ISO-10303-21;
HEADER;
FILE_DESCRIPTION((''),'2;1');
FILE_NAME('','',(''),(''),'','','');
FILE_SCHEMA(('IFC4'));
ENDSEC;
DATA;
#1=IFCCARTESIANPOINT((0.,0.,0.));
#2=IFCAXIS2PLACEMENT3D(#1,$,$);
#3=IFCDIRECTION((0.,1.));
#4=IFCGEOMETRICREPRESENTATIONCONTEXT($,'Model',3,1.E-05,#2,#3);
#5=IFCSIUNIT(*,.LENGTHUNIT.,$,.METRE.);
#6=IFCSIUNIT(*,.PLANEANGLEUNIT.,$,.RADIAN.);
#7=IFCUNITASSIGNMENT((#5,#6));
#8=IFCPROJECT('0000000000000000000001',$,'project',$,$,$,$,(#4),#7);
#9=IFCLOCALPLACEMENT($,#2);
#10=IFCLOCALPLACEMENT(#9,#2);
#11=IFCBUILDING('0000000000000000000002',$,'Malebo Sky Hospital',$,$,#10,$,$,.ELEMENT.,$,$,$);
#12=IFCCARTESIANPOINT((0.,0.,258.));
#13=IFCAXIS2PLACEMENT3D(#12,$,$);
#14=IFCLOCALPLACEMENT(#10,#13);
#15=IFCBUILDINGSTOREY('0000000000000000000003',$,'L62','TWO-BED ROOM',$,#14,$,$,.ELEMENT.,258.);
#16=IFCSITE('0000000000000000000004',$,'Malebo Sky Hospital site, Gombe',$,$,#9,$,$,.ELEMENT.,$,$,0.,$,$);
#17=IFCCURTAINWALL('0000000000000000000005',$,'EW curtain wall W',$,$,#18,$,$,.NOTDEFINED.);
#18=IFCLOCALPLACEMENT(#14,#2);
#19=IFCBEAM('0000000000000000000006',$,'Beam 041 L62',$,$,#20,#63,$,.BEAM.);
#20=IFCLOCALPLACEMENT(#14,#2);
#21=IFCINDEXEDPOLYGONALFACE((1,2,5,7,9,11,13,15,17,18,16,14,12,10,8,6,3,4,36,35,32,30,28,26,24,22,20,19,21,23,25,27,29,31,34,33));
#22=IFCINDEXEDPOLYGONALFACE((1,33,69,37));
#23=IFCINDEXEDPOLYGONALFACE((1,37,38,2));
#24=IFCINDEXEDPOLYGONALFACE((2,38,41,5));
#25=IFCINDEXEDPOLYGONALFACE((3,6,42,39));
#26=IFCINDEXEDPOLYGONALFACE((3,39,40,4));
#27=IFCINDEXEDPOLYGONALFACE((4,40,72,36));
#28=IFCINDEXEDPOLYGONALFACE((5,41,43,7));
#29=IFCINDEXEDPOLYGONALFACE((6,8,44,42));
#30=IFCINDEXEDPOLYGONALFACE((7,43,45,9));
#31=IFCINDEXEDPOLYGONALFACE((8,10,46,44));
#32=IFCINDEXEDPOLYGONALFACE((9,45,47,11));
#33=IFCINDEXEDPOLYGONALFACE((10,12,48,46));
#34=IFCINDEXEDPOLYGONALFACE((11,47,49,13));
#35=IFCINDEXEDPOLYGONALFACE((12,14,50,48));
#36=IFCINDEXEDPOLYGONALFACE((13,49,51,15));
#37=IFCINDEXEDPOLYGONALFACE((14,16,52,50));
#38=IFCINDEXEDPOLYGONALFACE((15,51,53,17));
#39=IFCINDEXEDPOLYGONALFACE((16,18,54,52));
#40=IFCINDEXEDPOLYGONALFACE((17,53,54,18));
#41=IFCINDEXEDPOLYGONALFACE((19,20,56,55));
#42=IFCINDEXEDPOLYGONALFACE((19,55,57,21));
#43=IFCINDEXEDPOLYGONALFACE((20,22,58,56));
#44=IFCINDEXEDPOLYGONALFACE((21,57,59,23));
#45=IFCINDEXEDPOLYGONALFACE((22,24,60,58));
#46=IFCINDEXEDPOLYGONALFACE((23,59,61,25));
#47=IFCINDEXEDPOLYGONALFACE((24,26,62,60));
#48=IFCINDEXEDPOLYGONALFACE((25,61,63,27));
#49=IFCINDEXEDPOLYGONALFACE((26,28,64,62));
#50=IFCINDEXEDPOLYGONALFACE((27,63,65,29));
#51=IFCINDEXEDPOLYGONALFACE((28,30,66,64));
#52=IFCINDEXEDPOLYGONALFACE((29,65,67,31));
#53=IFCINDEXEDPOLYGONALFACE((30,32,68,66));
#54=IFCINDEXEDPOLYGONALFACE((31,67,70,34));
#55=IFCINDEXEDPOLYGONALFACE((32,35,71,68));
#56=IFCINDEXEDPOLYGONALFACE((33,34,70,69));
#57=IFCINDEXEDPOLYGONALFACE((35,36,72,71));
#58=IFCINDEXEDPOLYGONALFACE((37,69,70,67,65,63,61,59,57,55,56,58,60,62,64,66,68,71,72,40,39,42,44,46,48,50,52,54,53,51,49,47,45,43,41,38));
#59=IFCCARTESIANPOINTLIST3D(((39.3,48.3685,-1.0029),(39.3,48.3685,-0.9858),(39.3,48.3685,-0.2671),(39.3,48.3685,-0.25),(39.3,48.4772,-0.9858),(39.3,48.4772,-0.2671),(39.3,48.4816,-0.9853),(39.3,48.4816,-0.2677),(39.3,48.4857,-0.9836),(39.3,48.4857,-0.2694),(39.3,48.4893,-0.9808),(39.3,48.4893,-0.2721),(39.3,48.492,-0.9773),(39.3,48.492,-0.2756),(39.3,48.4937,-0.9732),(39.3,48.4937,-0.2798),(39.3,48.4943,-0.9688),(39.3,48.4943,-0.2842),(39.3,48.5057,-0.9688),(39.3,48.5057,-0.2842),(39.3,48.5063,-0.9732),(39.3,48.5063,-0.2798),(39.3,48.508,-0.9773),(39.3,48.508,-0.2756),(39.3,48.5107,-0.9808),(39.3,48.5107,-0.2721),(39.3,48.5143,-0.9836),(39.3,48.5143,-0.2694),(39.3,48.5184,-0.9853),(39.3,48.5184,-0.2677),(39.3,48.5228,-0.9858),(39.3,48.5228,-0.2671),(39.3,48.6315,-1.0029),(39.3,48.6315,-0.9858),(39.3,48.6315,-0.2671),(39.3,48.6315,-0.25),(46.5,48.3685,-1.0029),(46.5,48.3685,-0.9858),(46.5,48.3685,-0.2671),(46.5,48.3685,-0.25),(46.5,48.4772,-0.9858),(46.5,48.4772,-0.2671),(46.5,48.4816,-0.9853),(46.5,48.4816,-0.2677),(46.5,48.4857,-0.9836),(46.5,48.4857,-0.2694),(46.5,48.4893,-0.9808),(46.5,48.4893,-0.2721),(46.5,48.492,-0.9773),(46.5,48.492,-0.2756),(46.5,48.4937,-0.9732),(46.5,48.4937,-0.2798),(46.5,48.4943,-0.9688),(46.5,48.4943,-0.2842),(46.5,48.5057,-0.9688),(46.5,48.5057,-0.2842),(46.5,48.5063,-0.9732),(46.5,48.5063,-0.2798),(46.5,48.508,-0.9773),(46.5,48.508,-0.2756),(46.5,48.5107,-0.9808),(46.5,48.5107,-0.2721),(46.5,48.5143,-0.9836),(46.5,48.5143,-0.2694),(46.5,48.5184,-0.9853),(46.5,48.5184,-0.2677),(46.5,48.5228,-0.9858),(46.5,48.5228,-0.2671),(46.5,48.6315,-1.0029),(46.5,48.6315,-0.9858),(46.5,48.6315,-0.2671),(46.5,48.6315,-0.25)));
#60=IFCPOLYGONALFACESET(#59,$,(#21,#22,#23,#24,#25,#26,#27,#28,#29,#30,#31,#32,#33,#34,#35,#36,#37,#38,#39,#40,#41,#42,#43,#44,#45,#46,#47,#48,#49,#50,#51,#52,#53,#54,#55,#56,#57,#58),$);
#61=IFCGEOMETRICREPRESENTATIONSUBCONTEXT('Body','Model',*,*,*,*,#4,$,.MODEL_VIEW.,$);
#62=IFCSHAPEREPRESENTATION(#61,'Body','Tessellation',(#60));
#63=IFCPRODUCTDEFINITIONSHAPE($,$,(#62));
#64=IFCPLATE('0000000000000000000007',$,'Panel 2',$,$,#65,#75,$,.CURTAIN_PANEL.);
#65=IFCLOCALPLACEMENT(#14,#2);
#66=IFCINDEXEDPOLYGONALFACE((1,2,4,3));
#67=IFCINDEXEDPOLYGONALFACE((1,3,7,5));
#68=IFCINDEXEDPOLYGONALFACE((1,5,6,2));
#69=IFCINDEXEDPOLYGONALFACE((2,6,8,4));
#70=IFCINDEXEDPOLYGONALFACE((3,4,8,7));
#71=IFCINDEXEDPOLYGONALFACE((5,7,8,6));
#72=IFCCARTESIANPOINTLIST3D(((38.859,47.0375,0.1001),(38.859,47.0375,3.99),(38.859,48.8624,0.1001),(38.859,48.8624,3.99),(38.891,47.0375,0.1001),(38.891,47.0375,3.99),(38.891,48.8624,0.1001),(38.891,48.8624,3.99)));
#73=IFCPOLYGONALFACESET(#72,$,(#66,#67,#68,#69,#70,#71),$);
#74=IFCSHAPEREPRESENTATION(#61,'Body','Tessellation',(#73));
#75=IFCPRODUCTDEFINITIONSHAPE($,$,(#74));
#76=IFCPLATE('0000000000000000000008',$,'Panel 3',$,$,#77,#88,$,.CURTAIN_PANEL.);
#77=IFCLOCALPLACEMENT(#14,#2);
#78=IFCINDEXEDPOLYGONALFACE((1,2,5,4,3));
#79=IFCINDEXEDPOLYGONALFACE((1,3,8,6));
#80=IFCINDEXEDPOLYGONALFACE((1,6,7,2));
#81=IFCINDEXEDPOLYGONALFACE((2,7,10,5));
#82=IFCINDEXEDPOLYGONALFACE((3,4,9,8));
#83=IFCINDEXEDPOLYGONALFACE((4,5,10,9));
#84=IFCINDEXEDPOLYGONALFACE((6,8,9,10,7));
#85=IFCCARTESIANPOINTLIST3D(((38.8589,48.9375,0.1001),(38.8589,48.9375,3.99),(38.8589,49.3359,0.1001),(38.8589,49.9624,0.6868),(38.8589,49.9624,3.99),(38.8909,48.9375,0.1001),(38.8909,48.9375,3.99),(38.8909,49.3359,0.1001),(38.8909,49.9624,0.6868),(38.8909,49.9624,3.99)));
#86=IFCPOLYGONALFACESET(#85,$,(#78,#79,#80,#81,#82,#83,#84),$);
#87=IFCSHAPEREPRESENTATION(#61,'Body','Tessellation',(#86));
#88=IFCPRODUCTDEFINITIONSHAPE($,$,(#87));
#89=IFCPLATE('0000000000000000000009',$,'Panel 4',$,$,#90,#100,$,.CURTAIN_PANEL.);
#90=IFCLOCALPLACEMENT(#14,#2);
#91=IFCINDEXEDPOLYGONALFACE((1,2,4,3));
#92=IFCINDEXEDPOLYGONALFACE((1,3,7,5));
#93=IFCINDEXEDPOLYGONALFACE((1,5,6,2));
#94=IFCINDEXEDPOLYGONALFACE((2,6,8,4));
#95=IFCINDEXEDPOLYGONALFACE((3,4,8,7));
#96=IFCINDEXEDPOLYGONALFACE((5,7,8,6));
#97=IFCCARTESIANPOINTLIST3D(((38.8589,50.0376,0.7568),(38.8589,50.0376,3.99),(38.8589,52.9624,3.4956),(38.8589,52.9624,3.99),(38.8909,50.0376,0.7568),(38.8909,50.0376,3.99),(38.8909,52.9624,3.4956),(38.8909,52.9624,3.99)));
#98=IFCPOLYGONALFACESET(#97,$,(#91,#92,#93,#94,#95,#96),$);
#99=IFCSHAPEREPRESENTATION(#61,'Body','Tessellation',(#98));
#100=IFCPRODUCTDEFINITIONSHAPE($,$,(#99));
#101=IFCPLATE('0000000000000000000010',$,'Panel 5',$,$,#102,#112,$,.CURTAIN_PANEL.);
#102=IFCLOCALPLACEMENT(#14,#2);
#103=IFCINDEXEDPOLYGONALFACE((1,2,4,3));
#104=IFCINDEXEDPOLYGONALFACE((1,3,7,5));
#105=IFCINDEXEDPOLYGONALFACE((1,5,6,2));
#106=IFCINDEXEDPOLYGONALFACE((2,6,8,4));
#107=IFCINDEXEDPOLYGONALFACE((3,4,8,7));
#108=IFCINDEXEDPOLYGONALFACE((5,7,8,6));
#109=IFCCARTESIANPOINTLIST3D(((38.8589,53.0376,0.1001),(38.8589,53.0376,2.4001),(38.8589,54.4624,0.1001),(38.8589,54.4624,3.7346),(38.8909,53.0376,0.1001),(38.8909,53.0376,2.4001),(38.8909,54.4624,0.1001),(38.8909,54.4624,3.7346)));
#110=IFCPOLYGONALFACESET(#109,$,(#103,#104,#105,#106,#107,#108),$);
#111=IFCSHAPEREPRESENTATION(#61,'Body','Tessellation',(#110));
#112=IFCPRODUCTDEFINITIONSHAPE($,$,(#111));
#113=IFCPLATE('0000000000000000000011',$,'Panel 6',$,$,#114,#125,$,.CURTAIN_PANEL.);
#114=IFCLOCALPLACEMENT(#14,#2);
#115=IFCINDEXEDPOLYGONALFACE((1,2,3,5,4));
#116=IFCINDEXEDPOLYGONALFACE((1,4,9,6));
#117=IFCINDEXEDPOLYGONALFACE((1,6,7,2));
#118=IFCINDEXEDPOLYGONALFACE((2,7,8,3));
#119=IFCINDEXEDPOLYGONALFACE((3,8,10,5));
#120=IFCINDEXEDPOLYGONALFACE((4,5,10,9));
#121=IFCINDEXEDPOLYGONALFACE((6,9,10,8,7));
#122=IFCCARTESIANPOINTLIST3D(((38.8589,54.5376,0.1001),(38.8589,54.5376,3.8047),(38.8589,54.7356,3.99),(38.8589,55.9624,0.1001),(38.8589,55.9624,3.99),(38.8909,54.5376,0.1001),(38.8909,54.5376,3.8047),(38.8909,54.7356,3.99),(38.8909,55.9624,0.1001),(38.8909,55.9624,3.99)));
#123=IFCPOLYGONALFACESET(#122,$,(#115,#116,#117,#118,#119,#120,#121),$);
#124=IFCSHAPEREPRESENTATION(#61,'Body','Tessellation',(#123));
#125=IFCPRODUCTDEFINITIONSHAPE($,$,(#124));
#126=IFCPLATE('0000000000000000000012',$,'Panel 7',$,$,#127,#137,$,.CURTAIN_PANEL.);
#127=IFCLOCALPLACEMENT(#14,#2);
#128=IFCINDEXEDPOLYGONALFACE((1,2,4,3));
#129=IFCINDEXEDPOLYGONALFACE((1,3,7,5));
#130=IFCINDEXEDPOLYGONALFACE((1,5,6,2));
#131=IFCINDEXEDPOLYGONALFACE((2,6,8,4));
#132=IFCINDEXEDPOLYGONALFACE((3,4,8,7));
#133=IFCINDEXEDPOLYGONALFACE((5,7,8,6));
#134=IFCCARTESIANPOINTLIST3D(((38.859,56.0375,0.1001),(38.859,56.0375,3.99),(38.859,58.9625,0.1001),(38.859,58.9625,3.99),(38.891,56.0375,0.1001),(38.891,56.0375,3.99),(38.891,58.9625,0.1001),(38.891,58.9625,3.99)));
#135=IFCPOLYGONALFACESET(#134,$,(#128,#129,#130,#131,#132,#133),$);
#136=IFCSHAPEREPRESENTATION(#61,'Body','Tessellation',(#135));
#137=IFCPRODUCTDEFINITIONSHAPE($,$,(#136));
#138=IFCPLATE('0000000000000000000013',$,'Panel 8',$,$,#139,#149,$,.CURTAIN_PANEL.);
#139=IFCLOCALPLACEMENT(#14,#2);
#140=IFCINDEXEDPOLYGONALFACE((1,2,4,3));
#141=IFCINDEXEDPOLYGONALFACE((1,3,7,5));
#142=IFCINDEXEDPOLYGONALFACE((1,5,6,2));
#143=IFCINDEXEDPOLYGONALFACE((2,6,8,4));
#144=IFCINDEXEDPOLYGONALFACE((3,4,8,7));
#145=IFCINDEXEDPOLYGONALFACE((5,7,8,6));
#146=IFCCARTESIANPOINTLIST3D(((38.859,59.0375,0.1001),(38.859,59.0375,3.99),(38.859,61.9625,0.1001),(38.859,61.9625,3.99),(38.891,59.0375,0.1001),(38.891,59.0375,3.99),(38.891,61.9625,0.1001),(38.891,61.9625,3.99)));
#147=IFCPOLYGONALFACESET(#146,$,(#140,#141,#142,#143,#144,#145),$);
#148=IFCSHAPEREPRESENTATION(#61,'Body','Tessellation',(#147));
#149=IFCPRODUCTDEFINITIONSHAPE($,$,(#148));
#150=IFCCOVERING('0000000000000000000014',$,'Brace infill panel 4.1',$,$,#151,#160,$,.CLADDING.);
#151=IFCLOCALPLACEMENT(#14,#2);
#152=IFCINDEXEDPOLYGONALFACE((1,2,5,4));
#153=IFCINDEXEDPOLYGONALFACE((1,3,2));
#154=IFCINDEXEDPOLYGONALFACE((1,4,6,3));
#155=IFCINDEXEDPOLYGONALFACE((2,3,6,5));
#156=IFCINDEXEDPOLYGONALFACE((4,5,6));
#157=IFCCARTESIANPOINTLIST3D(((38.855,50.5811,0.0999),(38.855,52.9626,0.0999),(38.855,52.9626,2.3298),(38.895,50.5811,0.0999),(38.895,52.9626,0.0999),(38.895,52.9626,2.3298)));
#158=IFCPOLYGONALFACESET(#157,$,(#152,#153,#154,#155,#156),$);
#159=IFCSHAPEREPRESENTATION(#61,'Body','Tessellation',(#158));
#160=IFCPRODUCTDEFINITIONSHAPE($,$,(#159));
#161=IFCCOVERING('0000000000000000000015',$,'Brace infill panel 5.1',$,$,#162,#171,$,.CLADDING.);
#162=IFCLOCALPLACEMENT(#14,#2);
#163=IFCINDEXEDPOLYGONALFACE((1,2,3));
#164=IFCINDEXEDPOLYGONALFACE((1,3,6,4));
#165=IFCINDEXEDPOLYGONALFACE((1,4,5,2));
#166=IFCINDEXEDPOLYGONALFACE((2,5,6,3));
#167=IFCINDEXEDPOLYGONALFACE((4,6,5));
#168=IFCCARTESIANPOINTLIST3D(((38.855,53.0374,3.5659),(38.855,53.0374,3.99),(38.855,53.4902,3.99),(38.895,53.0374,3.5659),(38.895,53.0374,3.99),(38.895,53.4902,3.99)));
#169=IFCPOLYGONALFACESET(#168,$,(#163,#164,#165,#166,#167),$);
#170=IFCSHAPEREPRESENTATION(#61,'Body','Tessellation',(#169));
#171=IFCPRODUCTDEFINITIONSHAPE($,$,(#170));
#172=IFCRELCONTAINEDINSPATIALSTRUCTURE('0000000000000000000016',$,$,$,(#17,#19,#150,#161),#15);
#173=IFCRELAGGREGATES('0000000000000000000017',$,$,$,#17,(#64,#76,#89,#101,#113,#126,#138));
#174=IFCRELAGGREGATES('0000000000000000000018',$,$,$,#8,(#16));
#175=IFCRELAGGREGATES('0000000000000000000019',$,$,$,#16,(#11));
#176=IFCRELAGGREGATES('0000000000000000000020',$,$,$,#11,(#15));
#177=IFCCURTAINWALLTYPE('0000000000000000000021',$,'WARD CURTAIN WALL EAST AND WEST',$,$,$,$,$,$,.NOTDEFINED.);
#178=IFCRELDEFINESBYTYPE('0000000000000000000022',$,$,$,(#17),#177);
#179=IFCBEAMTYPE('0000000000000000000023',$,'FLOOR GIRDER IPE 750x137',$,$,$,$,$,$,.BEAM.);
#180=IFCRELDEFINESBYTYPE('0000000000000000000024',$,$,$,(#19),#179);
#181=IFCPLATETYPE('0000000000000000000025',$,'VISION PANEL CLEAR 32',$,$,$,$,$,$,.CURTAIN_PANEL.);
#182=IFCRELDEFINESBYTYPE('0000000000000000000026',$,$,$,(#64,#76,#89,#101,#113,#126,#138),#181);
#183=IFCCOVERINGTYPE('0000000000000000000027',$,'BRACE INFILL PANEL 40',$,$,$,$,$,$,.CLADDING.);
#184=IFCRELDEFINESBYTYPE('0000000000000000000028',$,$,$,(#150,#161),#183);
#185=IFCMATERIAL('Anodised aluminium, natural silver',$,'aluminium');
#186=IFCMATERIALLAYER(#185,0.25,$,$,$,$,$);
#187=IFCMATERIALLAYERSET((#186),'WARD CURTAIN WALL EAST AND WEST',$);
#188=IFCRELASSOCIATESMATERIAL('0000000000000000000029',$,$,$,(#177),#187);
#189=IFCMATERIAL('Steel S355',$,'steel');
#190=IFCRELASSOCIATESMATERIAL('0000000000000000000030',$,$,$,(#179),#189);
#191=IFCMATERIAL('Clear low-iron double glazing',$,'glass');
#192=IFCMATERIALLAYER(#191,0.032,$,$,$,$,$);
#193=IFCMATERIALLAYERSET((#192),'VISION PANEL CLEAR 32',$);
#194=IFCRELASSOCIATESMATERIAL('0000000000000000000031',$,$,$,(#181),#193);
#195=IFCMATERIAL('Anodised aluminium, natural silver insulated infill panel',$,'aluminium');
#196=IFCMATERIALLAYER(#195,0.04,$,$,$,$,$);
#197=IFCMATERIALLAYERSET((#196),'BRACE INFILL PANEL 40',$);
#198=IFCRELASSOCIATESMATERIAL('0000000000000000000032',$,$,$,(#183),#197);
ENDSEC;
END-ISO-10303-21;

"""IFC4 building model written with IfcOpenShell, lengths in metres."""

from ifc_helpers import new_model, si_unit, direction, frame, origin, origin_2d, place, context, subcontext, project, spatial, polyline, rectangle, i_section, outline, extrude, material, layer, layer_set, material_profile, profile_set, type_object, element, aggregate, save


model = new_model("IFC4")

# Units and contexts
model_context = context("Model", 3, precision=1e-05, world=origin(), true_north=direction((0.0, 1.0)))
body_context = subcontext(model_context, "Body", "Model", "MODEL_VIEW")
ifc_project = project(units=[si_unit("LENGTHUNIT", "METRE"), si_unit("PLANEANGLEUNIT", "RADIAN")], contexts=[model_context])

# Site, building, storey
site_placement = place(None, origin())
site = spatial("IfcSite", under=ifc_project, at=site_placement, Name="Malebo Sky Hospital site, Gombe", CompositionType="ELEMENT", RefElevation=0.0)
building_placement = place(site_placement, origin())
building = spatial("IfcBuilding", under=site, at=building_placement, Name="Malebo Sky Hospital", CompositionType="ELEMENT")
storey_placement = place(building_placement, frame((0.0, 0.0, 258.0)))
storey = spatial("IfcBuildingStorey", under=building, at=storey_placement, Name="L62", Description="TWO-BED ROOM", CompositionType="ELEMENT", Elevation=258.0)

# Curtain wall
ifc_material_1 = material(Name="Anodised aluminium, natural silver", Category="aluminium")
ifc_layer_1 = layer(ifc_material_1, 0.25)
ifc_layer_set_1 = layer_set([ifc_layer_1], Name="WARD CURTAIN WALL EAST AND WEST")
curtain_wall_type = type_object("IfcCurtainWallType", Name="WARD CURTAIN WALL EAST AND WEST", PredefinedType="NOTDEFINED", material=ifc_layer_set_1)
curtain_wall_placement = place(storey_placement, origin())
curtain_wall = element("IfcCurtainWall", 1, at=curtain_wall_placement, inside=storey, type_object=curtain_wall_type, Name="EW curtain wall W", PredefinedType="NOTDEFINED")

# Shared definitions
ifc_material_2 = material(Name="Steel S355", Category="steel")

# Beam
ifc_material_profile_1 = material_profile(ifc_material_2, i_section(OverallWidth=0.2629, OverallDepth=0.7529, WebThickness=0.0115, FlangeThickness=0.0171, FilletRadius=0.0171, at=origin_2d()), Name="IPE 750x137")
ifc_profile_set_1 = profile_set([ifc_material_profile_1], Name="Steel S355")
beam_type_1 = type_object("IfcBeamType", Name="FLOOR GIRDER IPE 750x137", PredefinedType="BEAM", material=ifc_profile_set_1)
beam_1_placement = place(storey_placement, frame((39.3, 48.5, -0.6265), z_axis=(1.0, 0.0, 0.0), x_axis=(0.0, 1.0, 0.0)))
element("IfcBeam", 2, at=beam_1_placement, inside=storey, type_object=beam_type_1, Name="Beam 041 L62", PredefinedType="BEAM", context=body_context, shape_type="SweptSolid", body=[
    extrude(i_section(OverallWidth=0.2629, OverallDepth=0.7529, WebThickness=0.0115, FlangeThickness=0.0171, FilletRadius=0.0171, at=origin_2d()), origin(), (0.0, 0.0, 1.0), 7.2),
])

# Plates
ifc_material_3 = material(Name="Clear low-iron double glazing", Category="glass")
ifc_layer_2 = layer(ifc_material_3, 0.032)
ifc_layer_set_2 = layer_set([ifc_layer_2], Name="VISION PANEL CLEAR 32")
plate_type = type_object("IfcPlateType", Name="VISION PANEL CLEAR 32", PredefinedType="CURTAIN_PANEL", material=ifc_layer_set_2)
plate_1_placement = place(storey_placement, frame((38.875, 47.95, 0.1001), z_axis=(0.0, 0.0, 1.0), x_axis=(0.0, 1.0, 0.0)))
plate_1 = element("IfcPlate", 3, at=plate_1_placement, type_object=plate_type, Name="Panel 2", PredefinedType="CURTAIN_PANEL", context=body_context, shape_type="SweptSolid", body=[
    extrude(rectangle(XDim=1.825, YDim=0.032, at=origin_2d()), origin(), (0.0, 0.0, 1.0), 3.8899),
])
plate_2_placement = place(storey_placement, frame((38.875, 49.45, 0.1001), z_axis=(0.0, 0.0, 1.0), x_axis=(0.0, 1.0, 0.0)))
plate_2 = element("IfcPlate", 4, at=plate_2_placement, type_object=plate_type, Name="Panel 3", PredefinedType="CURTAIN_PANEL", context=body_context, shape_type="SweptSolid", body=[
    extrude(outline(polyline([(-0.5125, 0.0), (-0.114, 0.0), (0.5125, 0.5867), (0.5125, 3.8899), (-0.5125, 3.8899), (-0.5125, 0.0)])), frame((0.0, 0.0161, 0.0), z_axis=(0.0, -1.0, 0.0), x_axis=(1.0, 0.0, 0.0)), (0.0, 0.0, 1.0), 0.032),
])
plate_3_placement = place(storey_placement, frame((38.875, 51.5, 0.7568), z_axis=(0.0, 0.0, 1.0), x_axis=(0.0, 1.0, 0.0)))
plate_3 = element("IfcPlate", 5, at=plate_3_placement, type_object=plate_type, Name="Panel 4", PredefinedType="CURTAIN_PANEL", context=body_context, shape_type="SweptSolid", body=[
    extrude(outline(polyline([(-1.4624, 0.0), (1.4624, 2.7388), (1.4624, 3.2332), (-1.4624, 3.2332), (-1.4624, 0.0)])), frame((0.0, 0.0161, 0.0), z_axis=(0.0, -1.0, 0.0), x_axis=(1.0, 0.0, 0.0)), (0.0, 0.0, 1.0), 0.032),
])
plate_4_placement = place(storey_placement, frame((38.875, 53.75, 0.1001), z_axis=(0.0, 0.0, 1.0), x_axis=(0.0, 1.0, 0.0)))
plate_4 = element("IfcPlate", 6, at=plate_4_placement, type_object=plate_type, Name="Panel 5", PredefinedType="CURTAIN_PANEL", context=body_context, shape_type="SweptSolid", body=[
    extrude(outline(polyline([(-0.7124, 0.0), (0.7124, 0.0), (0.7124, 3.6345), (-0.7124, 2.3), (-0.7124, 0.0)])), frame((0.0, 0.0161, 0.0), z_axis=(0.0, -1.0, 0.0), x_axis=(1.0, 0.0, 0.0)), (0.0, 0.0, 1.0), 0.032),
])
plate_5_placement = place(storey_placement, frame((38.875, 55.25, 0.1001), z_axis=(0.0, 0.0, 1.0), x_axis=(0.0, 1.0, 0.0)))
plate_5 = element("IfcPlate", 7, at=plate_5_placement, type_object=plate_type, Name="Panel 6", PredefinedType="CURTAIN_PANEL", context=body_context, shape_type="SweptSolid", body=[
    extrude(outline(polyline([(-0.7124, 0.0), (0.7124, 0.0), (0.7124, 3.8899), (-0.5144, 3.8899), (-0.7124, 3.7046), (-0.7124, 0.0)])), frame((0.0, 0.0161, 0.0), z_axis=(0.0, -1.0, 0.0), x_axis=(1.0, 0.0, 0.0)), (0.0, 0.0, 1.0), 0.032),
])
plate_6_placement = place(storey_placement, frame((38.875, 57.5, 0.1001), z_axis=(0.0, 0.0, 1.0), x_axis=(0.0, 1.0, 0.0)))
plate_6 = element("IfcPlate", 8, at=plate_6_placement, type_object=plate_type, Name="Panel 7", PredefinedType="CURTAIN_PANEL", context=body_context, shape_type="SweptSolid", body=[
    extrude(rectangle(XDim=2.925, YDim=0.032, at=origin_2d()), origin(), (0.0, 0.0, 1.0), 3.8899),
])
plate_7_placement = place(storey_placement, frame((38.875, 60.5, 0.1001), z_axis=(0.0, 0.0, 1.0), x_axis=(0.0, 1.0, 0.0)))
plate_7 = element("IfcPlate", 9, at=plate_7_placement, type_object=plate_type, Name="Panel 8", PredefinedType="CURTAIN_PANEL", context=body_context, shape_type="SweptSolid", body=[
    extrude(rectangle(XDim=2.925, YDim=0.032, at=origin_2d()), origin(), (0.0, 0.0, 1.0), 3.8899),
])
aggregate(curtain_wall, [plate_1, plate_2, plate_3, plate_4, plate_5, plate_6, plate_7])

# Coverings
ifc_material_4 = material(Name="Anodised aluminium, natural silver insulated infill panel", Category="aluminium")
ifc_layer_3 = layer(ifc_material_4, 0.04)
ifc_layer_set_3 = layer_set([ifc_layer_3], Name="BRACE INFILL PANEL 40")
covering_type = type_object("IfcCoveringType", Name="BRACE INFILL PANEL 40", PredefinedType="CLADDING", material=ifc_layer_set_3)
covering_1_placement = place(storey_placement, frame((38.875, 51.7717, 0.0999), z_axis=(0.0, 0.0, 1.0), x_axis=(0.0, 1.0, 0.0)))
element("IfcCovering", 10, at=covering_1_placement, inside=storey, type_object=covering_type, Name="Brace infill panel 4.1", PredefinedType="CLADDING", context=body_context, shape_type="SweptSolid", body=[
    extrude(outline(polyline([(-1.1907, 0.0), (1.1909, 0.0), (1.1909, 2.23), (-1.1907, 0.0)])), frame((0.0, 0.02, 0.0), z_axis=(0.0, -1.0, 0.0), x_axis=(1.0, 0.0, 0.0)), (0.0, 0.0, 1.0), 0.04),
])
covering_2_placement = place(storey_placement, frame((38.875, 53.2639, 3.5659), z_axis=(0.0, 0.0, 1.0), x_axis=(0.0, 1.0, 0.0)))
element("IfcCovering", 11, at=covering_2_placement, inside=storey, type_object=covering_type, Name="Brace infill panel 5.1", PredefinedType="CLADDING", context=body_context, shape_type="SweptSolid", body=[
    extrude(outline(polyline([(-0.2266, 0.0), (0.2263, 0.4241), (-0.2266, 0.4241), (-0.2266, 0.0)])), frame((0.0, 0.02, 0.0), z_axis=(0.0, -1.0, 0.0), x_axis=(1.0, 0.0, 0.0)), (0.0, 0.0, 1.0), 0.04),
])

save(model, "model.ifc")
